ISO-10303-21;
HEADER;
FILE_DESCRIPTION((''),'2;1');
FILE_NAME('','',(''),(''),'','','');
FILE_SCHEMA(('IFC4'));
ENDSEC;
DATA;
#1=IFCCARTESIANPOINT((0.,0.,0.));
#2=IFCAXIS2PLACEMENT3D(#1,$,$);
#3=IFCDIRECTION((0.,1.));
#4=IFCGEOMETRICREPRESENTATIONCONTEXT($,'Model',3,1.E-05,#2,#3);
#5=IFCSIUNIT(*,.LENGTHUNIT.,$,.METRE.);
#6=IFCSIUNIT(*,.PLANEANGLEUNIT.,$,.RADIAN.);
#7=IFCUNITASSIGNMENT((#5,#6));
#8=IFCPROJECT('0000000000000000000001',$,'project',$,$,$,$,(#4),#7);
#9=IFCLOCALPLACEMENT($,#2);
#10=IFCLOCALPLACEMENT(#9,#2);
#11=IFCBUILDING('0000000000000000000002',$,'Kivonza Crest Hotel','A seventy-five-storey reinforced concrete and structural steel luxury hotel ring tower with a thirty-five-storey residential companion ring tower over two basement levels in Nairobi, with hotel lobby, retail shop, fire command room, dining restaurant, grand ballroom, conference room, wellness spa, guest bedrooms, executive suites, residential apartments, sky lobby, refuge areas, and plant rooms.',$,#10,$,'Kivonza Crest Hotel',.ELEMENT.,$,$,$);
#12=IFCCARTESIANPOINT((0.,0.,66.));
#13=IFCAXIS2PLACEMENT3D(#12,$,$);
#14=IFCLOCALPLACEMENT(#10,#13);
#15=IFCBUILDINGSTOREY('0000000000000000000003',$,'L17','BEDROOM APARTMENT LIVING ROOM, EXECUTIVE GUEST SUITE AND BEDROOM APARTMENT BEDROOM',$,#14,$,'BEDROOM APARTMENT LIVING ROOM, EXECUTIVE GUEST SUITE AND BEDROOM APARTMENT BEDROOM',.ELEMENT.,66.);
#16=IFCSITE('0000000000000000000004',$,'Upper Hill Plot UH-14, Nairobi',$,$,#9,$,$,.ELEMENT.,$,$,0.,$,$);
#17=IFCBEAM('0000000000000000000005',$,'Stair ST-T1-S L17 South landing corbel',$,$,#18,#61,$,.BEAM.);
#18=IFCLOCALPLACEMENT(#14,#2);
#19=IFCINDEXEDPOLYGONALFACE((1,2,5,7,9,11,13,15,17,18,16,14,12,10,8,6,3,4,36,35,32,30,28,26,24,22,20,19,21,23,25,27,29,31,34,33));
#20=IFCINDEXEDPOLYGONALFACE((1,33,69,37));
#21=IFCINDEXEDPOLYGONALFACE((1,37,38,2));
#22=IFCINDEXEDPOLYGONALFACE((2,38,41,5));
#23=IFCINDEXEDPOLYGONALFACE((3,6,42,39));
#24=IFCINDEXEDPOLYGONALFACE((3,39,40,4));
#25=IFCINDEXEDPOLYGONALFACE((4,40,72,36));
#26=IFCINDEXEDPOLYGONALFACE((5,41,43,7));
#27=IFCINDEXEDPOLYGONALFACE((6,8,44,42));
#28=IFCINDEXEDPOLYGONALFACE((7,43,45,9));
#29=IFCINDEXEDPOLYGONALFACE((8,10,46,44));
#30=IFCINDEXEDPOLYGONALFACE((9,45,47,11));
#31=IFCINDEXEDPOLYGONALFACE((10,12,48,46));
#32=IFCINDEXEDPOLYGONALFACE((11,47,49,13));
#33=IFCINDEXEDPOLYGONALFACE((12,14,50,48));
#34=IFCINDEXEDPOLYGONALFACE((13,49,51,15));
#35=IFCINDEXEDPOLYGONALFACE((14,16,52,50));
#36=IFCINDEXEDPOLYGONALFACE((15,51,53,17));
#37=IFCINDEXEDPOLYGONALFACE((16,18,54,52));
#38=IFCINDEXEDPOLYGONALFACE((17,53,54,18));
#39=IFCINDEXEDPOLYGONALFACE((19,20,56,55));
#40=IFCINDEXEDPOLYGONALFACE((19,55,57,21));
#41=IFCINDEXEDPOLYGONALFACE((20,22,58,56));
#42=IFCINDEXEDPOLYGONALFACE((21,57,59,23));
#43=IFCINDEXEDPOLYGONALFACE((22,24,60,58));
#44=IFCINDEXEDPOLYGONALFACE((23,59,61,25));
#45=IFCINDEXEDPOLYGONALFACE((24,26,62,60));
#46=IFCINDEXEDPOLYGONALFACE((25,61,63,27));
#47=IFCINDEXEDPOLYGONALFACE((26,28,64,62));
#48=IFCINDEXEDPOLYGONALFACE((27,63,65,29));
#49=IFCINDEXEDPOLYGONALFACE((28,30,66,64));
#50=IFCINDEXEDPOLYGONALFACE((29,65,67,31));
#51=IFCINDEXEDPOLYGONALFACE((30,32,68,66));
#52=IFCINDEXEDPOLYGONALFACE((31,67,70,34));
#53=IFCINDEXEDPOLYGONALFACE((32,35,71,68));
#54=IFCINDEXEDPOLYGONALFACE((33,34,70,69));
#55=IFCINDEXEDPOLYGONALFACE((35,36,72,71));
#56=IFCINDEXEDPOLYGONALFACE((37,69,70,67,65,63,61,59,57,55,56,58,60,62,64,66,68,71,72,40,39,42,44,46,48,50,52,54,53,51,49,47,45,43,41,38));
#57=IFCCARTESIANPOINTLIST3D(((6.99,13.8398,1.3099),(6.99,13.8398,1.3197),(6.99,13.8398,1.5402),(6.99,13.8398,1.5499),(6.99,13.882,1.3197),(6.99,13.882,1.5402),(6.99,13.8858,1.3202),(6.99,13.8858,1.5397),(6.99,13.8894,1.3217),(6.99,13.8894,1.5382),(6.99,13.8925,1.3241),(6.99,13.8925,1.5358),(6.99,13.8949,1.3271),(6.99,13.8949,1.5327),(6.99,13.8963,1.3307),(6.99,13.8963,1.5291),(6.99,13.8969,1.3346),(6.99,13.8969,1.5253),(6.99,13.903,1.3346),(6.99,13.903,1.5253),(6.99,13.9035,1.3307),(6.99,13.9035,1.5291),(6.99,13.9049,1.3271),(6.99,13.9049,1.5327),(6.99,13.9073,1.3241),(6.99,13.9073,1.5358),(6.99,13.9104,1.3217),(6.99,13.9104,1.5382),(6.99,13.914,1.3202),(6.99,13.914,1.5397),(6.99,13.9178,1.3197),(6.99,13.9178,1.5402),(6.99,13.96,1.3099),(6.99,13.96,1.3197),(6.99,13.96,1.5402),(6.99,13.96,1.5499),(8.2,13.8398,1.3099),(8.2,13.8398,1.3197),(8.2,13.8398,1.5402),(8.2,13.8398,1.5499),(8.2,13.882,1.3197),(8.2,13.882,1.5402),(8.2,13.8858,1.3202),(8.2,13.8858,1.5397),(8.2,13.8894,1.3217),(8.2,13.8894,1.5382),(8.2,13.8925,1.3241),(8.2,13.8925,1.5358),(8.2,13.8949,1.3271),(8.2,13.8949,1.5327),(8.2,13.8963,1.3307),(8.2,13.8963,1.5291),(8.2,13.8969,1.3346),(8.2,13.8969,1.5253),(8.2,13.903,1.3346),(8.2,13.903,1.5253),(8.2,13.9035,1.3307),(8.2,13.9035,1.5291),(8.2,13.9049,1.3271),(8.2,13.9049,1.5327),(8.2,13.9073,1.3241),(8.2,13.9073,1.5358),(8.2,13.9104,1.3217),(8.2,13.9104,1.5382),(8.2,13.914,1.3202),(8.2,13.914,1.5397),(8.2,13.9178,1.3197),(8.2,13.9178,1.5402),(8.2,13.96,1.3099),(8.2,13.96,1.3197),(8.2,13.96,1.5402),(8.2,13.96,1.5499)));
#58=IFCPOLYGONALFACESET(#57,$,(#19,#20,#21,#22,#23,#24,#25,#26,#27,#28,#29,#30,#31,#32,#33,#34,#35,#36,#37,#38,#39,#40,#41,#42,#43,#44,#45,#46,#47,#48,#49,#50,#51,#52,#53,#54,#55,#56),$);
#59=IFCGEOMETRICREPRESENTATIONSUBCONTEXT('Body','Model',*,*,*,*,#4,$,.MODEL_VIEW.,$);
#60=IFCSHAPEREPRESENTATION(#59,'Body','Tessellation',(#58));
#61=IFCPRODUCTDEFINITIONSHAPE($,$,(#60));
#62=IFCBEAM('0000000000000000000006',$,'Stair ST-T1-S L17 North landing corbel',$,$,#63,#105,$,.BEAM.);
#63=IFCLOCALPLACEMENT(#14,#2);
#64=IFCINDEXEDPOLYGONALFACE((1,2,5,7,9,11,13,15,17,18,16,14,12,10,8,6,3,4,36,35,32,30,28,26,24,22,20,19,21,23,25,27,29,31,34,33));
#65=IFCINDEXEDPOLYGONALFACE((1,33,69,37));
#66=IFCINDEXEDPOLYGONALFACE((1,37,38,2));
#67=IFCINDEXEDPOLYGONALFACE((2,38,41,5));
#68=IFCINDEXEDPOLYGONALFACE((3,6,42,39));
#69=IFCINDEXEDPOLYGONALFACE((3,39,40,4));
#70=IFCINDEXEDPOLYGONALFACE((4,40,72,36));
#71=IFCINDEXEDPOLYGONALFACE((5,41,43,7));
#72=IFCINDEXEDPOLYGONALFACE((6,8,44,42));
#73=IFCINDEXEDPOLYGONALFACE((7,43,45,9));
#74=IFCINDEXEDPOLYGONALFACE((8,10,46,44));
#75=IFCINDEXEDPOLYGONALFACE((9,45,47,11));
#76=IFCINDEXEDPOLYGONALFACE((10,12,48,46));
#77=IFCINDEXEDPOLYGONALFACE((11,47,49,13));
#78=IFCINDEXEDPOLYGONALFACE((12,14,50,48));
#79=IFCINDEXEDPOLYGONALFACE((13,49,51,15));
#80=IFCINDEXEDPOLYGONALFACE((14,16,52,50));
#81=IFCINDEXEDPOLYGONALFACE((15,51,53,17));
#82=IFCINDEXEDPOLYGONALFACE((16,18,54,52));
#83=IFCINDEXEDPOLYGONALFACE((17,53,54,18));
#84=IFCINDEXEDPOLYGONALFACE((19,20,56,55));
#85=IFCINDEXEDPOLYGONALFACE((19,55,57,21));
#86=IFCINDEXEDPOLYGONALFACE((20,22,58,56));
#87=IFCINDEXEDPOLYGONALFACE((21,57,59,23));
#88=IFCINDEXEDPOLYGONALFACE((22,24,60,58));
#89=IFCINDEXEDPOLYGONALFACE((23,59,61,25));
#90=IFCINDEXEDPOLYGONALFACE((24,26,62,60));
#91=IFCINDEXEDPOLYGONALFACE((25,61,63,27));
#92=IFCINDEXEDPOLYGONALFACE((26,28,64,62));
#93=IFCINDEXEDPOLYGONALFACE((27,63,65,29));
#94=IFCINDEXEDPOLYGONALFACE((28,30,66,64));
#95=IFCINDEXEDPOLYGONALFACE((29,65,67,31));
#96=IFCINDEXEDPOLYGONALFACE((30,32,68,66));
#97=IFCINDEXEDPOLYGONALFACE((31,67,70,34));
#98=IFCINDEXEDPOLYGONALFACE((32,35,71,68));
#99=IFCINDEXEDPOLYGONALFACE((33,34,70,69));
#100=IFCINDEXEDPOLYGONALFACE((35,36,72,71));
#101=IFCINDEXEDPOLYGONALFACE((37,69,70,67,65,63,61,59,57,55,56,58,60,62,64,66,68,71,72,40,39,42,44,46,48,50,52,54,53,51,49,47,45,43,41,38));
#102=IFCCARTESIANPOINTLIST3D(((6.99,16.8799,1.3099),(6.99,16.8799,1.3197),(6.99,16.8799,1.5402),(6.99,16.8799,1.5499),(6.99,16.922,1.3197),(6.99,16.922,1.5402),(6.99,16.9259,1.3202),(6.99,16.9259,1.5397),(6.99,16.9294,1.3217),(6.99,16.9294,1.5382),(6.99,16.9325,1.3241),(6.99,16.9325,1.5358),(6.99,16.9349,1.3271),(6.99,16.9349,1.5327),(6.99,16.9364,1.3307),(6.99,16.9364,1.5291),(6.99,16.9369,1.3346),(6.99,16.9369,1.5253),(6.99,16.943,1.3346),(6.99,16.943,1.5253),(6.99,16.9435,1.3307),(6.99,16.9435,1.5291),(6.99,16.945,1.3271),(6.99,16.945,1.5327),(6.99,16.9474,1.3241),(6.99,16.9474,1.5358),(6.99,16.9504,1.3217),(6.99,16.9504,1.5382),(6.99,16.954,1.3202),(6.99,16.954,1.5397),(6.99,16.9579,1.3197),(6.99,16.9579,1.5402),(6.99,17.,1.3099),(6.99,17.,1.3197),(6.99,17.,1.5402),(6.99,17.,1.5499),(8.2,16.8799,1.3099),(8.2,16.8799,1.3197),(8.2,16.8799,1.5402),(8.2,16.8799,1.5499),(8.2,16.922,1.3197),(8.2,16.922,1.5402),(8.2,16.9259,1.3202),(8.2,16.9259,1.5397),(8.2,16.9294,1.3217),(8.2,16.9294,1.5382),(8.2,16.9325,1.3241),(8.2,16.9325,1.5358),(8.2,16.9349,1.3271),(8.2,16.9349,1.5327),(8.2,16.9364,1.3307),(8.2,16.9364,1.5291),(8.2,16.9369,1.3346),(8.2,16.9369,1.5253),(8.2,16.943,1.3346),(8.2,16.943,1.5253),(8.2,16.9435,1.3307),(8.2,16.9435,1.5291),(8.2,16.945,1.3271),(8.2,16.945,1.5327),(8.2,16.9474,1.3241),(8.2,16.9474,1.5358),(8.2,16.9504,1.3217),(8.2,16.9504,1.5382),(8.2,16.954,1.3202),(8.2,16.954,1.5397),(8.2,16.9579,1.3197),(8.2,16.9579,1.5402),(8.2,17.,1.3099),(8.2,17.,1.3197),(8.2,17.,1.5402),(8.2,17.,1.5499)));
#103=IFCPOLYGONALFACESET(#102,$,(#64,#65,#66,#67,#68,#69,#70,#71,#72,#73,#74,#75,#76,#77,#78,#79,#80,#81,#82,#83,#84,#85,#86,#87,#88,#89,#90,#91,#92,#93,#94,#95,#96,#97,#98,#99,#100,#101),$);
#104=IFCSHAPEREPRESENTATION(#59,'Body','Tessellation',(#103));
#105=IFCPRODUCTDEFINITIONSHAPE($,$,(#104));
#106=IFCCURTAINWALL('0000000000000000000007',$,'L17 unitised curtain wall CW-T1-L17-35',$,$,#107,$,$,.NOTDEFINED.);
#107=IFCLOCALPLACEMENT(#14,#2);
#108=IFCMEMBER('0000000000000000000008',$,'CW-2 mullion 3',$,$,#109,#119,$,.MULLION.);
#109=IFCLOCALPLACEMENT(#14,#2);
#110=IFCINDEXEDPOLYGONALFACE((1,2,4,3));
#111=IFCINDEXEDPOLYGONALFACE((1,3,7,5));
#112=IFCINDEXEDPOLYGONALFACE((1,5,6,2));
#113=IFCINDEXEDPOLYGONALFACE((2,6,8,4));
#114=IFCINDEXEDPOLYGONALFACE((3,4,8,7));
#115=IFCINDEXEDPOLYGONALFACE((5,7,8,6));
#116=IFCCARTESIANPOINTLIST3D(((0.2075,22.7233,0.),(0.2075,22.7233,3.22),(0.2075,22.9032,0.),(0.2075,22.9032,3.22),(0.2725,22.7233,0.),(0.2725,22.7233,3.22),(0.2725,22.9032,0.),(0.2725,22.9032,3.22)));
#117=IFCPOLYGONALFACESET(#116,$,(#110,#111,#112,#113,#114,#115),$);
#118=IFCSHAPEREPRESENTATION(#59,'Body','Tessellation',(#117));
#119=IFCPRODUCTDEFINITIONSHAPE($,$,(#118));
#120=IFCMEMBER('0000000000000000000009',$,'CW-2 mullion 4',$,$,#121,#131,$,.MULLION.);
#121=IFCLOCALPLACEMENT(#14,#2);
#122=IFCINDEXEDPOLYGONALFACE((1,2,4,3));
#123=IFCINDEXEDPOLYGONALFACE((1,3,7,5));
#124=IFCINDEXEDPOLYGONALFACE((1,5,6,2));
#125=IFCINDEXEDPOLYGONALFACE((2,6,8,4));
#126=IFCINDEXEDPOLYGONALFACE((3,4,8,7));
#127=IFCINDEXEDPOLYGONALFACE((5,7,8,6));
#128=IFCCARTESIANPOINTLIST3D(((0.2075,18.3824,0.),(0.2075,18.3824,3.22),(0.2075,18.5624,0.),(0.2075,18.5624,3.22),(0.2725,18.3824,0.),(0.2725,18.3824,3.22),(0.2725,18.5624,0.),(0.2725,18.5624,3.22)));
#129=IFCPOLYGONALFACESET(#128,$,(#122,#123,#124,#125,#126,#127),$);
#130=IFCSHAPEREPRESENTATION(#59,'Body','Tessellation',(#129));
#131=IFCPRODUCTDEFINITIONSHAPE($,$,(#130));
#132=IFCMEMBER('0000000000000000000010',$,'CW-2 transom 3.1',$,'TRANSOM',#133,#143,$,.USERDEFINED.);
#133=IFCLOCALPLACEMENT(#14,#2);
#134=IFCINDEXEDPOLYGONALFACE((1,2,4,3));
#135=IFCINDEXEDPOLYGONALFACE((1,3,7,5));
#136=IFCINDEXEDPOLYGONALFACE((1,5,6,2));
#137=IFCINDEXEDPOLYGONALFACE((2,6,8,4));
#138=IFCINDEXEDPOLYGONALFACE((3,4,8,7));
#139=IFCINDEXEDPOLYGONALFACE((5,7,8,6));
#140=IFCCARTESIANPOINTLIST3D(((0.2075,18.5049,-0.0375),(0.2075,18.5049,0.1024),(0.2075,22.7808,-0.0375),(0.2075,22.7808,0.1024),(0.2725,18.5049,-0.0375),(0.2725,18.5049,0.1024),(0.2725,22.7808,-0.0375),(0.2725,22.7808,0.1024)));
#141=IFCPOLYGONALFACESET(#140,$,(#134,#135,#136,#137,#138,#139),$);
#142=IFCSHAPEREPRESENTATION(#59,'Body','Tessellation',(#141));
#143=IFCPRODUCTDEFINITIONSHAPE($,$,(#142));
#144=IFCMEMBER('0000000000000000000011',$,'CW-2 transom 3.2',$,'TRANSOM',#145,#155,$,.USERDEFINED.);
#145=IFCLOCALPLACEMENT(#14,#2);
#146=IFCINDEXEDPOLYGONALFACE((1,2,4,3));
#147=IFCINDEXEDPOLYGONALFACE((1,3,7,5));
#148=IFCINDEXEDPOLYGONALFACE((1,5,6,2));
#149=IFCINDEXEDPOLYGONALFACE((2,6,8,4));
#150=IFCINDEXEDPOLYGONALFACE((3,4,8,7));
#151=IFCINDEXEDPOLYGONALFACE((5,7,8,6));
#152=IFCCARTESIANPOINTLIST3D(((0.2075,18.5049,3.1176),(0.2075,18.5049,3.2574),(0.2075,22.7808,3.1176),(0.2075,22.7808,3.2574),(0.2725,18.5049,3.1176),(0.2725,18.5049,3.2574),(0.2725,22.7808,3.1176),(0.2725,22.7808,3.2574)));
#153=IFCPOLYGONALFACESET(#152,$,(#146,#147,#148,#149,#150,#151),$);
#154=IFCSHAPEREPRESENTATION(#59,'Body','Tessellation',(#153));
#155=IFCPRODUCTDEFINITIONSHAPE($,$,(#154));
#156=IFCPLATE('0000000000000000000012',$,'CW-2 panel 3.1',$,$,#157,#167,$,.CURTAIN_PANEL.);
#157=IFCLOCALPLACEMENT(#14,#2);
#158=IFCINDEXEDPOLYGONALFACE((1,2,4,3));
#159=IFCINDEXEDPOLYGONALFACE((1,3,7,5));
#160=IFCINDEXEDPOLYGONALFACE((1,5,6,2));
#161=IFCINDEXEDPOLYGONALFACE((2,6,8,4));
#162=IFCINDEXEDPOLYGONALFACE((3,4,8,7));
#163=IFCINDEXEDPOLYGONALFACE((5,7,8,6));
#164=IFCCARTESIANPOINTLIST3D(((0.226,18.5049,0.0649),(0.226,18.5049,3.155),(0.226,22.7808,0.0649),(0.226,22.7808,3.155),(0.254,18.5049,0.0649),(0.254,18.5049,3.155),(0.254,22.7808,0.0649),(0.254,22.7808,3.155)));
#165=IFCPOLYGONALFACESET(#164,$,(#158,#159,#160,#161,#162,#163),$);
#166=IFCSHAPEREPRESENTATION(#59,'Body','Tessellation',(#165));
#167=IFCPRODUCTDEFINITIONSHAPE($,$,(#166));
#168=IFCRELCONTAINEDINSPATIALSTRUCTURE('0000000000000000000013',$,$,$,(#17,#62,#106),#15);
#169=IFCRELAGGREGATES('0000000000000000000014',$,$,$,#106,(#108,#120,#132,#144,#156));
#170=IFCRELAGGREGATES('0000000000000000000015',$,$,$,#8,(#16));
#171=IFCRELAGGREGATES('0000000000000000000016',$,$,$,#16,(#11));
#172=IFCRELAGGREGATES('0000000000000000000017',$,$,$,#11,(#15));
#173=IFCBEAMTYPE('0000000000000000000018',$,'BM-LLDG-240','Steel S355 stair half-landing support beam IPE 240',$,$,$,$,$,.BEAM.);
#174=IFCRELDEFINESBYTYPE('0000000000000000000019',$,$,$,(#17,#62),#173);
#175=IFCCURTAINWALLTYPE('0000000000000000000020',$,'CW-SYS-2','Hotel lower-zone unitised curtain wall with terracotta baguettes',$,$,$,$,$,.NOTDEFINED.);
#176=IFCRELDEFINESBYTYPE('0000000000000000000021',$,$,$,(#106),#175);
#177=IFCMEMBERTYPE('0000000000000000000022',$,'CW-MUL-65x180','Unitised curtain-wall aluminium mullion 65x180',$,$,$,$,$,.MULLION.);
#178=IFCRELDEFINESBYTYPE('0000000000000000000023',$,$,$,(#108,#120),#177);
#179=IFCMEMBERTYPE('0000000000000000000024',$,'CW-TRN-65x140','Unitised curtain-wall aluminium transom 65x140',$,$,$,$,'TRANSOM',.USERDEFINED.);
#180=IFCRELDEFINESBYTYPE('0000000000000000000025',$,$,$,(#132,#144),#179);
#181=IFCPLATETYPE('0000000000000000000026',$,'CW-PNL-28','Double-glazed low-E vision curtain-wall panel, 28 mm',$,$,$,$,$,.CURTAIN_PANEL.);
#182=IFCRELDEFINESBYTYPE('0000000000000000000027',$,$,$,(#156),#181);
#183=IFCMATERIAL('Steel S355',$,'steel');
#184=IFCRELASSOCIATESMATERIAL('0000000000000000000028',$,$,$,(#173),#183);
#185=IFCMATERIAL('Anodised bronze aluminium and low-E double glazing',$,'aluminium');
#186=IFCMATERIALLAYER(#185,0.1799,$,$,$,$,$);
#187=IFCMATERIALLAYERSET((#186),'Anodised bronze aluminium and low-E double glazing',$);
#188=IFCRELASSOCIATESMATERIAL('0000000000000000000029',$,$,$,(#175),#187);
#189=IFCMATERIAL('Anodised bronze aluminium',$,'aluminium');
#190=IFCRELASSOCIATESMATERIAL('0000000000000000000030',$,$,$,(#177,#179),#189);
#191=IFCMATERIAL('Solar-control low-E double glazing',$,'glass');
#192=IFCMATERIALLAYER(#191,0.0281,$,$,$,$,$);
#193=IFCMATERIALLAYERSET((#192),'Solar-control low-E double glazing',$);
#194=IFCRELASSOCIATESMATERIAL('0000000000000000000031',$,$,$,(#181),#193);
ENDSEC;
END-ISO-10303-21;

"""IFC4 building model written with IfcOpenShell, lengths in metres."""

from ifc_helpers import new_model, si_unit, direction, frame, origin, origin_2d, place, context, subcontext, project, spatial, rectangle, i_section, extrude, material, layer, layer_set, material_profile, profile_set, type_object, element, aggregate, save


model = new_model("IFC4")

# Units and contexts
model_context = context("Model", 3, precision=1e-05, world=origin(), true_north=direction((0.0, 1.0)))
body_context = subcontext(model_context, "Body", "Model", "MODEL_VIEW")
ifc_project = project(units=[si_unit("LENGTHUNIT", "METRE"), si_unit("PLANEANGLEUNIT", "RADIAN")], contexts=[model_context])

# Site, building, storey
site_placement = place(None, origin())
site = spatial("IfcSite", under=ifc_project, at=site_placement, Name="Upper Hill Plot UH-14, Nairobi", CompositionType="ELEMENT", RefElevation=0.0)
building_placement = place(site_placement, origin())
building = spatial("IfcBuilding", under=site, at=building_placement, Name="Kivonza Crest Hotel", Description="A seventy-five-storey reinforced concrete and structural steel luxury hotel ring tower with a thirty-five-storey residential companion ring tower over two basement levels in Nairobi, with hotel lobby, retail shop, fire command room, dining restaurant, grand ballroom, conference room, wellness spa, guest bedrooms, executive suites, residential apartments, sky lobby, refuge areas, and plant rooms.", LongName="Kivonza Crest Hotel", CompositionType="ELEMENT")
storey_placement = place(building_placement, frame((0.0, 0.0, 66.0)))
storey = spatial("IfcBuildingStorey", under=building, at=storey_placement, Name="L17", Description="BEDROOM APARTMENT LIVING ROOM, EXECUTIVE GUEST SUITE AND BEDROOM APARTMENT BEDROOM", LongName="BEDROOM APARTMENT LIVING ROOM, EXECUTIVE GUEST SUITE AND BEDROOM APARTMENT BEDROOM", CompositionType="ELEMENT", Elevation=66.0)

# Beams
ifc_material_1 = material(Name="Steel S355", Category="steel")
ifc_material_profile_1 = material_profile(ifc_material_1, i_section(OverallWidth=0.1201, OverallDepth=0.24, WebThickness=0.0061, FlangeThickness=0.0098, FilletRadius=0.0149, at=origin_2d()), Name="IPE 240")
ifc_profile_set_1 = profile_set([ifc_material_profile_1], Name="Steel S355")
beam_type_1 = type_object("IfcBeamType", Name="BM-LLDG-240", Description="Steel S355 stair half-landing support beam IPE 240", PredefinedType="BEAM", material=ifc_profile_set_1)
for number, where, z_axis, x_axis, name in (
    (1, (6.99, 13.8999, 1.4299), (1.0, 0.0, 0.0), (0.0, 1.0, 0.0), "Stair ST-T1-S L17 South landing corbel"),
    (2, (6.99, 16.9399, 1.4299), (1.0, 0.0, 0.0), (0.0, 1.0, 0.0), "Stair ST-T1-S L17 North landing corbel"),
):
    element("IfcBeam", number, at=place(storey_placement, frame(where, z_axis=z_axis, x_axis=x_axis)), inside=storey, type_object=beam_type_1, Name=name, PredefinedType="BEAM", context=body_context, shape_type="SweptSolid", body=[
        extrude(i_section(OverallWidth=0.1201, OverallDepth=0.24, WebThickness=0.0061, FlangeThickness=0.0098, FilletRadius=0.0149, at=origin_2d()), origin(), (0.0, 0.0, 1.0), 1.21),
    ])

# Curtain wall, members, plate
ifc_material_2 = material(Name="Anodised bronze aluminium and low-E double glazing", Category="aluminium")
ifc_layer_1 = layer(ifc_material_2, 0.1799)
ifc_layer_set_1 = layer_set([ifc_layer_1], Name="Anodised bronze aluminium and low-E double glazing")
curtain_wall_type = type_object("IfcCurtainWallType", Name="CW-SYS-2", Description="Hotel lower-zone unitised curtain wall with terracotta baguettes", PredefinedType="NOTDEFINED", material=ifc_layer_set_1)
curtain_wall_placement = place(storey_placement, origin())
curtain_wall = element("IfcCurtainWall", 3, at=curtain_wall_placement, inside=storey, type_object=curtain_wall_type, Name="L17 unitised curtain wall CW-T1-L17-35", PredefinedType="NOTDEFINED")
ifc_material_3 = material(Name="Anodised bronze aluminium", Category="aluminium")
ifc_material_profile_2 = material_profile(ifc_material_3, rectangle(XDim=0.0649, YDim=0.1799, at=origin_2d()), Name="CW-M 65x180")
ifc_profile_set_2 = profile_set([ifc_material_profile_2], Name="Anodised bronze aluminium")
member_type_1 = type_object("IfcMemberType", Name="CW-MUL-65x180", Description="Unitised curtain-wall aluminium mullion 65x180", PredefinedType="MULLION", material=ifc_profile_set_2)
member_1_placement = place(storey_placement, frame((0.24, 22.8132, 0.0), z_axis=(0.0, 0.0, 1.0), x_axis=(1.0, 0.0, 0.0)))
member_1 = element("IfcMember", 4, at=member_1_placement, type_object=member_type_1, Name="CW-2 mullion 3", PredefinedType="MULLION", context=body_context, shape_type="SweptSolid", body=[
    extrude(rectangle(XDim=0.0649, YDim=0.1799, at=origin_2d()), origin(), (0.0, 0.0, 1.0), 3.22),
])
member_2_placement = place(storey_placement, frame((0.24, 18.4724, 0.0), z_axis=(0.0, 0.0, 1.0), x_axis=(1.0, 0.0, 0.0)))
member_2 = element("IfcMember", 5, at=member_2_placement, type_object=member_type_1, Name="CW-2 mullion 4", PredefinedType="MULLION", context=body_context, shape_type="SweptSolid", body=[
    extrude(rectangle(XDim=0.0649, YDim=0.1799, at=origin_2d()), origin(), (0.0, 0.0, 1.0), 3.22),
])
ifc_material_profile_3 = material_profile(ifc_material_3, rectangle(XDim=0.0649, YDim=0.1399, at=origin_2d()), Name="CW-T 65x140")
ifc_profile_set_3 = profile_set([ifc_material_profile_3], Name="Anodised bronze aluminium")
member_type_2 = type_object("IfcMemberType", Name="CW-TRN-65x140", Description="Unitised curtain-wall aluminium transom 65x140", ElementType="TRANSOM", PredefinedType="USERDEFINED", material=ifc_profile_set_3)
member_3_placement = place(storey_placement, frame((0.24, 22.7808, 0.0325), z_axis=(0.0, -1.0, 0.0), x_axis=(1.0, 0.0, 0.0)))
member_3 = element("IfcMember", 6, at=member_3_placement, type_object=member_type_2, Name="CW-2 transom 3.1", ObjectType="TRANSOM", PredefinedType="USERDEFINED", context=body_context, shape_type="SweptSolid", body=[
    extrude(rectangle(XDim=0.0649, YDim=0.1399, at=origin_2d()), origin(), (0.0, 0.0, 1.0), 4.2759),
])
member_4_placement = place(storey_placement, frame((0.24, 22.7808, 3.1875), z_axis=(0.0, -1.0, 0.0), x_axis=(1.0, 0.0, 0.0)))
member_4 = element("IfcMember", 7, at=member_4_placement, type_object=member_type_2, Name="CW-2 transom 3.2", ObjectType="TRANSOM", PredefinedType="USERDEFINED", context=body_context, shape_type="SweptSolid", body=[
    extrude(rectangle(XDim=0.0649, YDim=0.1399, at=origin_2d()), origin(), (0.0, 0.0, 1.0), 4.2759),
])
ifc_material_4 = material(Name="Solar-control low-E double glazing", Category="glass")
ifc_layer_2 = layer(ifc_material_4, 0.0281)
ifc_layer_set_2 = layer_set([ifc_layer_2], Name="Solar-control low-E double glazing")
plate_type = type_object("IfcPlateType", Name="CW-PNL-28", Description="Double-glazed low-E vision curtain-wall panel, 28 mm", PredefinedType="CURTAIN_PANEL", material=ifc_layer_set_2)
plate_placement = place(storey_placement, frame((0.24, 20.6428, 0.0649), z_axis=(0.0, 0.0, 1.0), x_axis=(0.0, -1.0, 0.0)))
plate = element("IfcPlate", 8, at=plate_placement, type_object=plate_type, Name="CW-2 panel 3.1", PredefinedType="CURTAIN_PANEL", context=body_context, shape_type="SweptSolid", body=[
    extrude(rectangle(XDim=4.2759, YDim=0.0281, at=origin_2d()), origin(), (0.0, 0.0, 1.0), 3.0901),
])
aggregate(curtain_wall, [member_1, member_2, member_3, member_4, plate])

save(model, "model.ifc")
